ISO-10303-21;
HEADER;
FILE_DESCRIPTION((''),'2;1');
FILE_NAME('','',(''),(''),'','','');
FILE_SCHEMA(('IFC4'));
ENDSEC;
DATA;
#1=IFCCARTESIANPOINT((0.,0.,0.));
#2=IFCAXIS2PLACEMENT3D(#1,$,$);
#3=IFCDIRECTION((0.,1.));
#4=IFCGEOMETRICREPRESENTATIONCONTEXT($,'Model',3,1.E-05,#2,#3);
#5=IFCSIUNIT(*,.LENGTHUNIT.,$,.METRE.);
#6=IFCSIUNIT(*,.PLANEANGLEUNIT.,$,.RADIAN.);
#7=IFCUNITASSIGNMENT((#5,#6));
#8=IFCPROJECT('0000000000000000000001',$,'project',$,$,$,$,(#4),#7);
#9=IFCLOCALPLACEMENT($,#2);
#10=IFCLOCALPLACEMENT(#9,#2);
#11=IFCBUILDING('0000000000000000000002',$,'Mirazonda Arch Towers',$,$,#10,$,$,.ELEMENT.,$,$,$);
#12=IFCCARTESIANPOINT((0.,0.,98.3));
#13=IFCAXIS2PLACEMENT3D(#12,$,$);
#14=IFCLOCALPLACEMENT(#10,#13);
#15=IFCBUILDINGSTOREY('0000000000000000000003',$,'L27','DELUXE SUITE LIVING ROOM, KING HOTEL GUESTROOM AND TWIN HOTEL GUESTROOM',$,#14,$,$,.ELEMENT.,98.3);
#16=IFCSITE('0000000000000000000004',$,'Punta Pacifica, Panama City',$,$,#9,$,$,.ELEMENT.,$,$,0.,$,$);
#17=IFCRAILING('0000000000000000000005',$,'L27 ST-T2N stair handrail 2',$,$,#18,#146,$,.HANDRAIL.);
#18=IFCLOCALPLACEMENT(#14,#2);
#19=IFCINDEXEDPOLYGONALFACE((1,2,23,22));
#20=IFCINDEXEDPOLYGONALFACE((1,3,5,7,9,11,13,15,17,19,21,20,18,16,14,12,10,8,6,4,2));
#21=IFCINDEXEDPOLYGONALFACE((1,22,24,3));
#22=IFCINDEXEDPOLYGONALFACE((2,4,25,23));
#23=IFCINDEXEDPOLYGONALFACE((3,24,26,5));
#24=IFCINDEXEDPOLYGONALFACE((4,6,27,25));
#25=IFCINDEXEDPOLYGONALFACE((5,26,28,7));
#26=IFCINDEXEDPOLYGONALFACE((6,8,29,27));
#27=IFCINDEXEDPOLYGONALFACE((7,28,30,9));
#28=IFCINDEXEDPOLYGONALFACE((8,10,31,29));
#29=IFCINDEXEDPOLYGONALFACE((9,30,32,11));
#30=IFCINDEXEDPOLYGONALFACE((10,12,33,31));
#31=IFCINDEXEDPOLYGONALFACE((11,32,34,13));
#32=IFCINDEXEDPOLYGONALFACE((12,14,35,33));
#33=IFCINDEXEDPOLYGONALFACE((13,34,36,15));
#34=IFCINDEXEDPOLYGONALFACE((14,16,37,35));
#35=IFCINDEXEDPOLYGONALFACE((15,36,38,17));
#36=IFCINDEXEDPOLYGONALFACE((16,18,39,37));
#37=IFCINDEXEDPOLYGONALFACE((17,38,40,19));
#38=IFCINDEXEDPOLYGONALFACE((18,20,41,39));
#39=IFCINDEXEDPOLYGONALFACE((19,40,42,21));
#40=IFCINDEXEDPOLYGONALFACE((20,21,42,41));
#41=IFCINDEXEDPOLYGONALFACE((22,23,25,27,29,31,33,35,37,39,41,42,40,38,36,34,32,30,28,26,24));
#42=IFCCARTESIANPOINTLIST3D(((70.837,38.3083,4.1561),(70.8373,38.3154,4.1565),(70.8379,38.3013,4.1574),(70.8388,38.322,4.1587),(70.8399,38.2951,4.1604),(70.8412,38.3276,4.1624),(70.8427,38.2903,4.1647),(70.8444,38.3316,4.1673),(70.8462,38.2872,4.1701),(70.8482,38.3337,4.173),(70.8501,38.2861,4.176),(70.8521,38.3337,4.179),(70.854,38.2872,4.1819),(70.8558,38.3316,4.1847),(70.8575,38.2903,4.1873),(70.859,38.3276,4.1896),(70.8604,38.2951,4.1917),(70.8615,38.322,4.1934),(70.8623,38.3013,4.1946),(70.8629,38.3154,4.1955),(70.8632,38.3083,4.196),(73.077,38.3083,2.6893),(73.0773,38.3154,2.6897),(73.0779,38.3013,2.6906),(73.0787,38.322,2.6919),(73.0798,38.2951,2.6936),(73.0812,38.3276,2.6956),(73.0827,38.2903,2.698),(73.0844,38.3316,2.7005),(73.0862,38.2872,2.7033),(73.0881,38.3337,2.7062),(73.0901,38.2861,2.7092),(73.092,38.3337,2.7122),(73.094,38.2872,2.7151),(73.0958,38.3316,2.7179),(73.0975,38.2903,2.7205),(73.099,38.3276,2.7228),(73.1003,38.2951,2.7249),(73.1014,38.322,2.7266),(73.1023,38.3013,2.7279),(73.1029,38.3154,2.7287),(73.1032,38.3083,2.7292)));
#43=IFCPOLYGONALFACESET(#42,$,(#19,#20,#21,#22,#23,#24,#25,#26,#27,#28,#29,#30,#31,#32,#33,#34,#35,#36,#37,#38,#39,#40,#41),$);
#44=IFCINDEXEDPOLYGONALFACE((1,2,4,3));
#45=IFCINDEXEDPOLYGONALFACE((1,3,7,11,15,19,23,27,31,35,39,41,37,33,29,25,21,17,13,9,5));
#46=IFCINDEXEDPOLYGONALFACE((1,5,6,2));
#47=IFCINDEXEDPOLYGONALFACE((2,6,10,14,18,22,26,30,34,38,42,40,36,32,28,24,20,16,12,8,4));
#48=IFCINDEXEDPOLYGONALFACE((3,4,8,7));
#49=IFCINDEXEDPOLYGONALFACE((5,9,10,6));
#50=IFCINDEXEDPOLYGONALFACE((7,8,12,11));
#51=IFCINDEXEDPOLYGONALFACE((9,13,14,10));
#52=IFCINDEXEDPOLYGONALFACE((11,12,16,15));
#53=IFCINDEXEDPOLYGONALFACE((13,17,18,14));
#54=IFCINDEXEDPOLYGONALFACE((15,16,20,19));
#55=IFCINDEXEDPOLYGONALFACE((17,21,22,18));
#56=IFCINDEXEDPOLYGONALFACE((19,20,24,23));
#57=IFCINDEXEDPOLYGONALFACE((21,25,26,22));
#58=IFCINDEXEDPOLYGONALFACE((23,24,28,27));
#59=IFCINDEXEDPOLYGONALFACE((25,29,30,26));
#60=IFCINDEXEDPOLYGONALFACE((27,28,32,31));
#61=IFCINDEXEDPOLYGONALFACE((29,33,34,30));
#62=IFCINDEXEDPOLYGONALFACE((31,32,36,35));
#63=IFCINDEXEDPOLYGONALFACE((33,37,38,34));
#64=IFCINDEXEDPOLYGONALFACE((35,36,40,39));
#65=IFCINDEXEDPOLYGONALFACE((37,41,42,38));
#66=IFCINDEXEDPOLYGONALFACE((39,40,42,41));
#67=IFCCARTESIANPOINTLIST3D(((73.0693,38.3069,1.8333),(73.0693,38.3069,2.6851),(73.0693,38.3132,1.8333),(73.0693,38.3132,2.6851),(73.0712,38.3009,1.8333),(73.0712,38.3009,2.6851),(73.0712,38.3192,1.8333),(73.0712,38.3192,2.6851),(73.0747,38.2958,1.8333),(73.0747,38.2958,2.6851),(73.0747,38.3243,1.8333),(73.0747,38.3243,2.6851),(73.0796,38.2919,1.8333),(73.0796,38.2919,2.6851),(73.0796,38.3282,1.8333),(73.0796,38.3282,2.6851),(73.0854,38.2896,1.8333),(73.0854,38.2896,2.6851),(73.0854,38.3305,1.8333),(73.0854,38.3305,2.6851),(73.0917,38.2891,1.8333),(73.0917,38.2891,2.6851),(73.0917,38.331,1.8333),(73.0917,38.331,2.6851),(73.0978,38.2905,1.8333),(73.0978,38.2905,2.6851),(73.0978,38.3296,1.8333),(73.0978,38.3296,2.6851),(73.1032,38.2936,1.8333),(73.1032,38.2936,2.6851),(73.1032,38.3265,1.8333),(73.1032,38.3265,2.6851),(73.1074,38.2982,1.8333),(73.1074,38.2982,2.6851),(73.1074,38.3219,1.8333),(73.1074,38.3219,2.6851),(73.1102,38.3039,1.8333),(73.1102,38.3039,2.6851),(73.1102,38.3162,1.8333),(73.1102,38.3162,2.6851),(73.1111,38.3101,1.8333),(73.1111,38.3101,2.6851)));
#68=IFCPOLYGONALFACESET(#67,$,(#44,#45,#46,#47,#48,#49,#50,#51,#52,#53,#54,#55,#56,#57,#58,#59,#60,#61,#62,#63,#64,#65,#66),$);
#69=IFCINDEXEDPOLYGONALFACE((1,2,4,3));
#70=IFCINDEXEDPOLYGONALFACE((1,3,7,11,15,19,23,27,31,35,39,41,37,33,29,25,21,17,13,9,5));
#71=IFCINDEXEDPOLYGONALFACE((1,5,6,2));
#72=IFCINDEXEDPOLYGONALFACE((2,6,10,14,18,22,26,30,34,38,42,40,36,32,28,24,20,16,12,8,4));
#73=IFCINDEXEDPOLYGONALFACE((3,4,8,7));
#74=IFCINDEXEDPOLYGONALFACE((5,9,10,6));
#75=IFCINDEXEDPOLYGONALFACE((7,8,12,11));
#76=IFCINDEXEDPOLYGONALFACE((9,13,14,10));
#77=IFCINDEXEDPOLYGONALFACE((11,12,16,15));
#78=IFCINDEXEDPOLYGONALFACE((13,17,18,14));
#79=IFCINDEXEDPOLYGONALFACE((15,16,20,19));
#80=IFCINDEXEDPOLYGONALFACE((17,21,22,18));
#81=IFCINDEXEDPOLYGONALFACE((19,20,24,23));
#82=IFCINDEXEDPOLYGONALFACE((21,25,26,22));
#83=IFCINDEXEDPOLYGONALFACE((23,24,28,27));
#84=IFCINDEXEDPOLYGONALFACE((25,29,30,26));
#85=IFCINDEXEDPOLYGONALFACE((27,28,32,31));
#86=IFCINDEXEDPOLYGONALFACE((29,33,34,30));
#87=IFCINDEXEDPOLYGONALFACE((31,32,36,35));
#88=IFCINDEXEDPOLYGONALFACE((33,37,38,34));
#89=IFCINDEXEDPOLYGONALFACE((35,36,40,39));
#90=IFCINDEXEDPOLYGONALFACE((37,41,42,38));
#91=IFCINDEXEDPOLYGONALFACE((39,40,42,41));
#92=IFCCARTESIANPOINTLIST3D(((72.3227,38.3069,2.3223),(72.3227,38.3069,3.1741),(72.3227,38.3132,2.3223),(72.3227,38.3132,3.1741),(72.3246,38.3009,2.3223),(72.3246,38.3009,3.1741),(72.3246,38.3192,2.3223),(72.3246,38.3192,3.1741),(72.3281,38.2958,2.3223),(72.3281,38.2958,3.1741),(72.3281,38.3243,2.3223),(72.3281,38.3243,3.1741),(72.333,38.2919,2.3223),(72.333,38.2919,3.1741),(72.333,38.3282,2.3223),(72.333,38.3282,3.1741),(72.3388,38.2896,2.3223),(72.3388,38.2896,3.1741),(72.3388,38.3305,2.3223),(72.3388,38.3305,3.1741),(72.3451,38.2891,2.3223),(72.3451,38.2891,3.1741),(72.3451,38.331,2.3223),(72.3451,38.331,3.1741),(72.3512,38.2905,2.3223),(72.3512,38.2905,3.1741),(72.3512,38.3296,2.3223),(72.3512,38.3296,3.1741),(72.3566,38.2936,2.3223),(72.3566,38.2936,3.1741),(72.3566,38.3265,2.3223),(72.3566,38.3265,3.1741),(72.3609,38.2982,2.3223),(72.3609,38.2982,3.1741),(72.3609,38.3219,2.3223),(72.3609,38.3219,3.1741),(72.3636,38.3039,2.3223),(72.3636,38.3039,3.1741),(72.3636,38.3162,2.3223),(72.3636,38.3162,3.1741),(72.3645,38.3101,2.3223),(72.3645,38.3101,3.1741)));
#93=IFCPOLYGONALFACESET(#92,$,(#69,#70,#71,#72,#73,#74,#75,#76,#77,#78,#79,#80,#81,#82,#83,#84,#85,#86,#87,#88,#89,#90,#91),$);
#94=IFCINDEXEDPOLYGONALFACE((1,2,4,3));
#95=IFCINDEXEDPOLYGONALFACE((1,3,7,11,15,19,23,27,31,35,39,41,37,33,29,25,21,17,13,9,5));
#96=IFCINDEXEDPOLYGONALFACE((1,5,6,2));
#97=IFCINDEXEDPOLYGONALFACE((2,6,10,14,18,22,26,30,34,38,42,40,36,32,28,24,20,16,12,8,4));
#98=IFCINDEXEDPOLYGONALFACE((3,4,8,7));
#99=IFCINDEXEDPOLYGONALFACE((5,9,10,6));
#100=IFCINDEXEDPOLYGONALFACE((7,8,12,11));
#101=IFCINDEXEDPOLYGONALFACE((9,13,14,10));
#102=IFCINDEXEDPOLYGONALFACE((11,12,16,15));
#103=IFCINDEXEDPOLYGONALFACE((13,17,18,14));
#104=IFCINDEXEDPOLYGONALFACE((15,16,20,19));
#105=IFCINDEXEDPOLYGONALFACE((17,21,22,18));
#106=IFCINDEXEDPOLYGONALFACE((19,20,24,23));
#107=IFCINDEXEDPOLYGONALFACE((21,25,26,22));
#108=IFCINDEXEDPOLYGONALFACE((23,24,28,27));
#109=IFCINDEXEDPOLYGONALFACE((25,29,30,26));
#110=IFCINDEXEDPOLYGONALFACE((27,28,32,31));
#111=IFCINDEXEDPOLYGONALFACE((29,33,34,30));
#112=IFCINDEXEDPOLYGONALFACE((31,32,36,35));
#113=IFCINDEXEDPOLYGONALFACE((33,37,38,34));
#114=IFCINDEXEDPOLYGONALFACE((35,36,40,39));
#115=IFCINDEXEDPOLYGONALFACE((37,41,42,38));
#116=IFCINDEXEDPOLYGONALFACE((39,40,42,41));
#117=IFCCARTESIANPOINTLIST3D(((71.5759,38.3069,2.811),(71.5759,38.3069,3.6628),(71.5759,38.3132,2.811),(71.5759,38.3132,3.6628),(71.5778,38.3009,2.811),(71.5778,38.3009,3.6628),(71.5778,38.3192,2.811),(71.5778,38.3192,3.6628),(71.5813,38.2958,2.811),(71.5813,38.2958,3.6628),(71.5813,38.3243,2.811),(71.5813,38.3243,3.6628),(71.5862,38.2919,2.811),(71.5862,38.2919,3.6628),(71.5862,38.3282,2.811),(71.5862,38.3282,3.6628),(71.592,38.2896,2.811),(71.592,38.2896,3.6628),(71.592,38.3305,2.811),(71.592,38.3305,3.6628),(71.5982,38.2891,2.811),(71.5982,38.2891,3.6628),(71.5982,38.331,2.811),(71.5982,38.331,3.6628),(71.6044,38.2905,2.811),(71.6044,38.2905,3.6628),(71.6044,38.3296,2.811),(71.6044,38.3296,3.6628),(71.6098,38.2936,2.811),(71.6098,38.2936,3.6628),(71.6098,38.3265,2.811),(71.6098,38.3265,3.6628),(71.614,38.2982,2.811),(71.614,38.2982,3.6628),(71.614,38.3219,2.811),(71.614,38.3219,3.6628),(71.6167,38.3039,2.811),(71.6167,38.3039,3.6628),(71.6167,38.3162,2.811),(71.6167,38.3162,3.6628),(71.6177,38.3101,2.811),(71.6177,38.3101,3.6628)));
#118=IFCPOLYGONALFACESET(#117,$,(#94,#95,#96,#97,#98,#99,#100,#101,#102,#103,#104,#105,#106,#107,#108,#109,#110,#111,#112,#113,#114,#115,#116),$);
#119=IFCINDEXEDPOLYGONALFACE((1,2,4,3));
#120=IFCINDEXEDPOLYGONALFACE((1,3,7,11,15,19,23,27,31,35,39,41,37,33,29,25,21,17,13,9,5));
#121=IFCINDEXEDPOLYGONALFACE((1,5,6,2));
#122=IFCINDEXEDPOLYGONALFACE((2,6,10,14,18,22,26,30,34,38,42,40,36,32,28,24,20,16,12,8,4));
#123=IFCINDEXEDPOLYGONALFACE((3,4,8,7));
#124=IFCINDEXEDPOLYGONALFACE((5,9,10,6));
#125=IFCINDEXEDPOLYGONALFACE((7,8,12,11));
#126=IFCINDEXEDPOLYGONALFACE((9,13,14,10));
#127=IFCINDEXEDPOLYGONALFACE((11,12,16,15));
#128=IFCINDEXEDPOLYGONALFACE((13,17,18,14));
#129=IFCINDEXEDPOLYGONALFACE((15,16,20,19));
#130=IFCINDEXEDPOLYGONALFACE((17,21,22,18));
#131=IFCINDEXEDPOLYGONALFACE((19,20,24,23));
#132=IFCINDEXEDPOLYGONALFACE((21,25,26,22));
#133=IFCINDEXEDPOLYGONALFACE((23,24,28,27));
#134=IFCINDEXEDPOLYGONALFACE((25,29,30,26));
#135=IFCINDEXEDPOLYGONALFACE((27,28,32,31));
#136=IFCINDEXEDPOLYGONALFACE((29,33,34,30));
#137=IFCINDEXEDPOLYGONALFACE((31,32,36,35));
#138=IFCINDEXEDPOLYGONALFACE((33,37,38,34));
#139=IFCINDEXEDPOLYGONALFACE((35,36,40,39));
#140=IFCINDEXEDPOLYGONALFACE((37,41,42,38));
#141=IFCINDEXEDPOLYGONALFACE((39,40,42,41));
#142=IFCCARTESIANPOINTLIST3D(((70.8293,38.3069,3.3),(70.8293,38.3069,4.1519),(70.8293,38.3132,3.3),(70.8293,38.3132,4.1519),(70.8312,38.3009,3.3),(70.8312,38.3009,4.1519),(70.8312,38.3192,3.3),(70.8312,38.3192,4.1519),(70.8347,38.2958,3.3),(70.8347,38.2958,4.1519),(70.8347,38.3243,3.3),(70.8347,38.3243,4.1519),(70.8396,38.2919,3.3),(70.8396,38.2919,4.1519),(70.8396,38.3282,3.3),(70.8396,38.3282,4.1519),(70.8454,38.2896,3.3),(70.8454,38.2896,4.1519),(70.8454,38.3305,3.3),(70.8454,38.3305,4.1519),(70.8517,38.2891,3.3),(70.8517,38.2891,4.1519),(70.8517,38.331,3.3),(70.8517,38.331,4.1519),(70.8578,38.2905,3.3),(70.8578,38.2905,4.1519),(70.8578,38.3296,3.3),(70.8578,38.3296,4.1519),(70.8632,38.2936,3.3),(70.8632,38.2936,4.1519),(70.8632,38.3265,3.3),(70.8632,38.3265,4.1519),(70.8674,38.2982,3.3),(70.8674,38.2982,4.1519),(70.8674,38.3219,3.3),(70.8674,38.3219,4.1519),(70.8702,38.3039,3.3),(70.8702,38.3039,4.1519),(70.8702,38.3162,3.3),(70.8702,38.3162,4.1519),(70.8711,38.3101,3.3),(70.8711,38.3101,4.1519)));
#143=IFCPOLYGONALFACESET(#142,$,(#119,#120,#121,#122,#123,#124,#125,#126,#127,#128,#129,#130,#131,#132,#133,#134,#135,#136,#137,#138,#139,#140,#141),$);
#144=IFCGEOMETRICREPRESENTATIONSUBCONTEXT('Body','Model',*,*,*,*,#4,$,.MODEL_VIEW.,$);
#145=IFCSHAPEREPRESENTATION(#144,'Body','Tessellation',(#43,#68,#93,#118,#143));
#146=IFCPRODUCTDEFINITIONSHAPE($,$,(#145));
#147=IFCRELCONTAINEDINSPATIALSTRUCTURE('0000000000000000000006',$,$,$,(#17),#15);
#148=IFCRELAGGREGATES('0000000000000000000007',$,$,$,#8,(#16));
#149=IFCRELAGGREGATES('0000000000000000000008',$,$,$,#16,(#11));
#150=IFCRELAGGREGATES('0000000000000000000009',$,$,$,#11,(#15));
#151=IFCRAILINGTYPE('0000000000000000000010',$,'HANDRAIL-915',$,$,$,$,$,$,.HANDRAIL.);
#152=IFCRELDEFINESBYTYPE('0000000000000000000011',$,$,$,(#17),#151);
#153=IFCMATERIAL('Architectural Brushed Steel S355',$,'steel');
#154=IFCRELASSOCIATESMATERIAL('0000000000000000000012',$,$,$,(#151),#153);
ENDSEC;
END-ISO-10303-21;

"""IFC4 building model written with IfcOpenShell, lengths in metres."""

from ifc_helpers import new_model, si_unit, direction, frame, origin, origin_2d, place, context, subcontext, project, spatial, circle, extrude, material, type_object, element, save


model = new_model("IFC4")

# Units and contexts
model_context = context("Model", 3, precision=1e-05, world=origin(), true_north=direction((0.0, 1.0)))
body_context = subcontext(model_context, "Body", "Model", "MODEL_VIEW")
ifc_project = project(units=[si_unit("LENGTHUNIT", "METRE"), si_unit("PLANEANGLEUNIT", "RADIAN")], contexts=[model_context])

# Site, building, storey
site_placement = place(None, origin())
site = spatial("IfcSite", under=ifc_project, at=site_placement, Name="Punta Pacifica, Panama City", CompositionType="ELEMENT", RefElevation=0.0)
building_placement = place(site_placement, origin())
building = spatial("IfcBuilding", under=site, at=building_placement, Name="Mirazonda Arch Towers", CompositionType="ELEMENT")
storey_placement = place(building_placement, frame((0.0, 0.0, 98.3)))
storey = spatial("IfcBuildingStorey", under=building, at=storey_placement, Name="L27", Description="DELUXE SUITE LIVING ROOM, KING HOTEL GUESTROOM AND TWIN HOTEL GUESTROOM", CompositionType="ELEMENT", Elevation=98.3)

# Shared definitions
ifc_material_1 = material(Name="Architectural Brushed Steel S355", Category="steel")

# Railing
railing_type_1 = type_object("IfcRailingType", Name="HANDRAIL-915", PredefinedType="HANDRAIL", material=ifc_material_1)
railing_1_placement = place(storey_placement, frame((73.0901, 38.3101, 1.8333)))
element("IfcRailing", 1, at=railing_1_placement, inside=storey, type_object=railing_type_1, Name="L27 ST-T2N stair handrail 2", PredefinedType="HANDRAIL", context=body_context, shape_type="SweptSolid", body=[
    extrude(circle(Radius=0.0239, at=origin_2d()), frame((0.0, 0.0, 0.876), z_axis=(-0.836595, 0.0, 0.547822), x_axis=(0.0, -1.0, 0.0)), (0.0, 0.0, 1.0), 2.6775),
    extrude(circle(Radius=0.021, at=origin_2d()), origin(), (0.0, 0.0, 1.0), 0.8518),
    extrude(circle(Radius=0.021, at=origin_2d()), frame((-0.7466, 0.0, 0.489)), (0.0, 0.0, 1.0), 0.8518),
    extrude(circle(Radius=0.021, at=origin_2d()), frame((-1.4934, 0.0, 0.9778)), (0.0, 0.0, 1.0), 0.8518),
    extrude(circle(Radius=0.021, at=origin_2d()), frame((-2.24, 0.0, 1.4668)), (0.0, 0.0, 1.0), 0.8518),
])

save(model, "model.ifc")
